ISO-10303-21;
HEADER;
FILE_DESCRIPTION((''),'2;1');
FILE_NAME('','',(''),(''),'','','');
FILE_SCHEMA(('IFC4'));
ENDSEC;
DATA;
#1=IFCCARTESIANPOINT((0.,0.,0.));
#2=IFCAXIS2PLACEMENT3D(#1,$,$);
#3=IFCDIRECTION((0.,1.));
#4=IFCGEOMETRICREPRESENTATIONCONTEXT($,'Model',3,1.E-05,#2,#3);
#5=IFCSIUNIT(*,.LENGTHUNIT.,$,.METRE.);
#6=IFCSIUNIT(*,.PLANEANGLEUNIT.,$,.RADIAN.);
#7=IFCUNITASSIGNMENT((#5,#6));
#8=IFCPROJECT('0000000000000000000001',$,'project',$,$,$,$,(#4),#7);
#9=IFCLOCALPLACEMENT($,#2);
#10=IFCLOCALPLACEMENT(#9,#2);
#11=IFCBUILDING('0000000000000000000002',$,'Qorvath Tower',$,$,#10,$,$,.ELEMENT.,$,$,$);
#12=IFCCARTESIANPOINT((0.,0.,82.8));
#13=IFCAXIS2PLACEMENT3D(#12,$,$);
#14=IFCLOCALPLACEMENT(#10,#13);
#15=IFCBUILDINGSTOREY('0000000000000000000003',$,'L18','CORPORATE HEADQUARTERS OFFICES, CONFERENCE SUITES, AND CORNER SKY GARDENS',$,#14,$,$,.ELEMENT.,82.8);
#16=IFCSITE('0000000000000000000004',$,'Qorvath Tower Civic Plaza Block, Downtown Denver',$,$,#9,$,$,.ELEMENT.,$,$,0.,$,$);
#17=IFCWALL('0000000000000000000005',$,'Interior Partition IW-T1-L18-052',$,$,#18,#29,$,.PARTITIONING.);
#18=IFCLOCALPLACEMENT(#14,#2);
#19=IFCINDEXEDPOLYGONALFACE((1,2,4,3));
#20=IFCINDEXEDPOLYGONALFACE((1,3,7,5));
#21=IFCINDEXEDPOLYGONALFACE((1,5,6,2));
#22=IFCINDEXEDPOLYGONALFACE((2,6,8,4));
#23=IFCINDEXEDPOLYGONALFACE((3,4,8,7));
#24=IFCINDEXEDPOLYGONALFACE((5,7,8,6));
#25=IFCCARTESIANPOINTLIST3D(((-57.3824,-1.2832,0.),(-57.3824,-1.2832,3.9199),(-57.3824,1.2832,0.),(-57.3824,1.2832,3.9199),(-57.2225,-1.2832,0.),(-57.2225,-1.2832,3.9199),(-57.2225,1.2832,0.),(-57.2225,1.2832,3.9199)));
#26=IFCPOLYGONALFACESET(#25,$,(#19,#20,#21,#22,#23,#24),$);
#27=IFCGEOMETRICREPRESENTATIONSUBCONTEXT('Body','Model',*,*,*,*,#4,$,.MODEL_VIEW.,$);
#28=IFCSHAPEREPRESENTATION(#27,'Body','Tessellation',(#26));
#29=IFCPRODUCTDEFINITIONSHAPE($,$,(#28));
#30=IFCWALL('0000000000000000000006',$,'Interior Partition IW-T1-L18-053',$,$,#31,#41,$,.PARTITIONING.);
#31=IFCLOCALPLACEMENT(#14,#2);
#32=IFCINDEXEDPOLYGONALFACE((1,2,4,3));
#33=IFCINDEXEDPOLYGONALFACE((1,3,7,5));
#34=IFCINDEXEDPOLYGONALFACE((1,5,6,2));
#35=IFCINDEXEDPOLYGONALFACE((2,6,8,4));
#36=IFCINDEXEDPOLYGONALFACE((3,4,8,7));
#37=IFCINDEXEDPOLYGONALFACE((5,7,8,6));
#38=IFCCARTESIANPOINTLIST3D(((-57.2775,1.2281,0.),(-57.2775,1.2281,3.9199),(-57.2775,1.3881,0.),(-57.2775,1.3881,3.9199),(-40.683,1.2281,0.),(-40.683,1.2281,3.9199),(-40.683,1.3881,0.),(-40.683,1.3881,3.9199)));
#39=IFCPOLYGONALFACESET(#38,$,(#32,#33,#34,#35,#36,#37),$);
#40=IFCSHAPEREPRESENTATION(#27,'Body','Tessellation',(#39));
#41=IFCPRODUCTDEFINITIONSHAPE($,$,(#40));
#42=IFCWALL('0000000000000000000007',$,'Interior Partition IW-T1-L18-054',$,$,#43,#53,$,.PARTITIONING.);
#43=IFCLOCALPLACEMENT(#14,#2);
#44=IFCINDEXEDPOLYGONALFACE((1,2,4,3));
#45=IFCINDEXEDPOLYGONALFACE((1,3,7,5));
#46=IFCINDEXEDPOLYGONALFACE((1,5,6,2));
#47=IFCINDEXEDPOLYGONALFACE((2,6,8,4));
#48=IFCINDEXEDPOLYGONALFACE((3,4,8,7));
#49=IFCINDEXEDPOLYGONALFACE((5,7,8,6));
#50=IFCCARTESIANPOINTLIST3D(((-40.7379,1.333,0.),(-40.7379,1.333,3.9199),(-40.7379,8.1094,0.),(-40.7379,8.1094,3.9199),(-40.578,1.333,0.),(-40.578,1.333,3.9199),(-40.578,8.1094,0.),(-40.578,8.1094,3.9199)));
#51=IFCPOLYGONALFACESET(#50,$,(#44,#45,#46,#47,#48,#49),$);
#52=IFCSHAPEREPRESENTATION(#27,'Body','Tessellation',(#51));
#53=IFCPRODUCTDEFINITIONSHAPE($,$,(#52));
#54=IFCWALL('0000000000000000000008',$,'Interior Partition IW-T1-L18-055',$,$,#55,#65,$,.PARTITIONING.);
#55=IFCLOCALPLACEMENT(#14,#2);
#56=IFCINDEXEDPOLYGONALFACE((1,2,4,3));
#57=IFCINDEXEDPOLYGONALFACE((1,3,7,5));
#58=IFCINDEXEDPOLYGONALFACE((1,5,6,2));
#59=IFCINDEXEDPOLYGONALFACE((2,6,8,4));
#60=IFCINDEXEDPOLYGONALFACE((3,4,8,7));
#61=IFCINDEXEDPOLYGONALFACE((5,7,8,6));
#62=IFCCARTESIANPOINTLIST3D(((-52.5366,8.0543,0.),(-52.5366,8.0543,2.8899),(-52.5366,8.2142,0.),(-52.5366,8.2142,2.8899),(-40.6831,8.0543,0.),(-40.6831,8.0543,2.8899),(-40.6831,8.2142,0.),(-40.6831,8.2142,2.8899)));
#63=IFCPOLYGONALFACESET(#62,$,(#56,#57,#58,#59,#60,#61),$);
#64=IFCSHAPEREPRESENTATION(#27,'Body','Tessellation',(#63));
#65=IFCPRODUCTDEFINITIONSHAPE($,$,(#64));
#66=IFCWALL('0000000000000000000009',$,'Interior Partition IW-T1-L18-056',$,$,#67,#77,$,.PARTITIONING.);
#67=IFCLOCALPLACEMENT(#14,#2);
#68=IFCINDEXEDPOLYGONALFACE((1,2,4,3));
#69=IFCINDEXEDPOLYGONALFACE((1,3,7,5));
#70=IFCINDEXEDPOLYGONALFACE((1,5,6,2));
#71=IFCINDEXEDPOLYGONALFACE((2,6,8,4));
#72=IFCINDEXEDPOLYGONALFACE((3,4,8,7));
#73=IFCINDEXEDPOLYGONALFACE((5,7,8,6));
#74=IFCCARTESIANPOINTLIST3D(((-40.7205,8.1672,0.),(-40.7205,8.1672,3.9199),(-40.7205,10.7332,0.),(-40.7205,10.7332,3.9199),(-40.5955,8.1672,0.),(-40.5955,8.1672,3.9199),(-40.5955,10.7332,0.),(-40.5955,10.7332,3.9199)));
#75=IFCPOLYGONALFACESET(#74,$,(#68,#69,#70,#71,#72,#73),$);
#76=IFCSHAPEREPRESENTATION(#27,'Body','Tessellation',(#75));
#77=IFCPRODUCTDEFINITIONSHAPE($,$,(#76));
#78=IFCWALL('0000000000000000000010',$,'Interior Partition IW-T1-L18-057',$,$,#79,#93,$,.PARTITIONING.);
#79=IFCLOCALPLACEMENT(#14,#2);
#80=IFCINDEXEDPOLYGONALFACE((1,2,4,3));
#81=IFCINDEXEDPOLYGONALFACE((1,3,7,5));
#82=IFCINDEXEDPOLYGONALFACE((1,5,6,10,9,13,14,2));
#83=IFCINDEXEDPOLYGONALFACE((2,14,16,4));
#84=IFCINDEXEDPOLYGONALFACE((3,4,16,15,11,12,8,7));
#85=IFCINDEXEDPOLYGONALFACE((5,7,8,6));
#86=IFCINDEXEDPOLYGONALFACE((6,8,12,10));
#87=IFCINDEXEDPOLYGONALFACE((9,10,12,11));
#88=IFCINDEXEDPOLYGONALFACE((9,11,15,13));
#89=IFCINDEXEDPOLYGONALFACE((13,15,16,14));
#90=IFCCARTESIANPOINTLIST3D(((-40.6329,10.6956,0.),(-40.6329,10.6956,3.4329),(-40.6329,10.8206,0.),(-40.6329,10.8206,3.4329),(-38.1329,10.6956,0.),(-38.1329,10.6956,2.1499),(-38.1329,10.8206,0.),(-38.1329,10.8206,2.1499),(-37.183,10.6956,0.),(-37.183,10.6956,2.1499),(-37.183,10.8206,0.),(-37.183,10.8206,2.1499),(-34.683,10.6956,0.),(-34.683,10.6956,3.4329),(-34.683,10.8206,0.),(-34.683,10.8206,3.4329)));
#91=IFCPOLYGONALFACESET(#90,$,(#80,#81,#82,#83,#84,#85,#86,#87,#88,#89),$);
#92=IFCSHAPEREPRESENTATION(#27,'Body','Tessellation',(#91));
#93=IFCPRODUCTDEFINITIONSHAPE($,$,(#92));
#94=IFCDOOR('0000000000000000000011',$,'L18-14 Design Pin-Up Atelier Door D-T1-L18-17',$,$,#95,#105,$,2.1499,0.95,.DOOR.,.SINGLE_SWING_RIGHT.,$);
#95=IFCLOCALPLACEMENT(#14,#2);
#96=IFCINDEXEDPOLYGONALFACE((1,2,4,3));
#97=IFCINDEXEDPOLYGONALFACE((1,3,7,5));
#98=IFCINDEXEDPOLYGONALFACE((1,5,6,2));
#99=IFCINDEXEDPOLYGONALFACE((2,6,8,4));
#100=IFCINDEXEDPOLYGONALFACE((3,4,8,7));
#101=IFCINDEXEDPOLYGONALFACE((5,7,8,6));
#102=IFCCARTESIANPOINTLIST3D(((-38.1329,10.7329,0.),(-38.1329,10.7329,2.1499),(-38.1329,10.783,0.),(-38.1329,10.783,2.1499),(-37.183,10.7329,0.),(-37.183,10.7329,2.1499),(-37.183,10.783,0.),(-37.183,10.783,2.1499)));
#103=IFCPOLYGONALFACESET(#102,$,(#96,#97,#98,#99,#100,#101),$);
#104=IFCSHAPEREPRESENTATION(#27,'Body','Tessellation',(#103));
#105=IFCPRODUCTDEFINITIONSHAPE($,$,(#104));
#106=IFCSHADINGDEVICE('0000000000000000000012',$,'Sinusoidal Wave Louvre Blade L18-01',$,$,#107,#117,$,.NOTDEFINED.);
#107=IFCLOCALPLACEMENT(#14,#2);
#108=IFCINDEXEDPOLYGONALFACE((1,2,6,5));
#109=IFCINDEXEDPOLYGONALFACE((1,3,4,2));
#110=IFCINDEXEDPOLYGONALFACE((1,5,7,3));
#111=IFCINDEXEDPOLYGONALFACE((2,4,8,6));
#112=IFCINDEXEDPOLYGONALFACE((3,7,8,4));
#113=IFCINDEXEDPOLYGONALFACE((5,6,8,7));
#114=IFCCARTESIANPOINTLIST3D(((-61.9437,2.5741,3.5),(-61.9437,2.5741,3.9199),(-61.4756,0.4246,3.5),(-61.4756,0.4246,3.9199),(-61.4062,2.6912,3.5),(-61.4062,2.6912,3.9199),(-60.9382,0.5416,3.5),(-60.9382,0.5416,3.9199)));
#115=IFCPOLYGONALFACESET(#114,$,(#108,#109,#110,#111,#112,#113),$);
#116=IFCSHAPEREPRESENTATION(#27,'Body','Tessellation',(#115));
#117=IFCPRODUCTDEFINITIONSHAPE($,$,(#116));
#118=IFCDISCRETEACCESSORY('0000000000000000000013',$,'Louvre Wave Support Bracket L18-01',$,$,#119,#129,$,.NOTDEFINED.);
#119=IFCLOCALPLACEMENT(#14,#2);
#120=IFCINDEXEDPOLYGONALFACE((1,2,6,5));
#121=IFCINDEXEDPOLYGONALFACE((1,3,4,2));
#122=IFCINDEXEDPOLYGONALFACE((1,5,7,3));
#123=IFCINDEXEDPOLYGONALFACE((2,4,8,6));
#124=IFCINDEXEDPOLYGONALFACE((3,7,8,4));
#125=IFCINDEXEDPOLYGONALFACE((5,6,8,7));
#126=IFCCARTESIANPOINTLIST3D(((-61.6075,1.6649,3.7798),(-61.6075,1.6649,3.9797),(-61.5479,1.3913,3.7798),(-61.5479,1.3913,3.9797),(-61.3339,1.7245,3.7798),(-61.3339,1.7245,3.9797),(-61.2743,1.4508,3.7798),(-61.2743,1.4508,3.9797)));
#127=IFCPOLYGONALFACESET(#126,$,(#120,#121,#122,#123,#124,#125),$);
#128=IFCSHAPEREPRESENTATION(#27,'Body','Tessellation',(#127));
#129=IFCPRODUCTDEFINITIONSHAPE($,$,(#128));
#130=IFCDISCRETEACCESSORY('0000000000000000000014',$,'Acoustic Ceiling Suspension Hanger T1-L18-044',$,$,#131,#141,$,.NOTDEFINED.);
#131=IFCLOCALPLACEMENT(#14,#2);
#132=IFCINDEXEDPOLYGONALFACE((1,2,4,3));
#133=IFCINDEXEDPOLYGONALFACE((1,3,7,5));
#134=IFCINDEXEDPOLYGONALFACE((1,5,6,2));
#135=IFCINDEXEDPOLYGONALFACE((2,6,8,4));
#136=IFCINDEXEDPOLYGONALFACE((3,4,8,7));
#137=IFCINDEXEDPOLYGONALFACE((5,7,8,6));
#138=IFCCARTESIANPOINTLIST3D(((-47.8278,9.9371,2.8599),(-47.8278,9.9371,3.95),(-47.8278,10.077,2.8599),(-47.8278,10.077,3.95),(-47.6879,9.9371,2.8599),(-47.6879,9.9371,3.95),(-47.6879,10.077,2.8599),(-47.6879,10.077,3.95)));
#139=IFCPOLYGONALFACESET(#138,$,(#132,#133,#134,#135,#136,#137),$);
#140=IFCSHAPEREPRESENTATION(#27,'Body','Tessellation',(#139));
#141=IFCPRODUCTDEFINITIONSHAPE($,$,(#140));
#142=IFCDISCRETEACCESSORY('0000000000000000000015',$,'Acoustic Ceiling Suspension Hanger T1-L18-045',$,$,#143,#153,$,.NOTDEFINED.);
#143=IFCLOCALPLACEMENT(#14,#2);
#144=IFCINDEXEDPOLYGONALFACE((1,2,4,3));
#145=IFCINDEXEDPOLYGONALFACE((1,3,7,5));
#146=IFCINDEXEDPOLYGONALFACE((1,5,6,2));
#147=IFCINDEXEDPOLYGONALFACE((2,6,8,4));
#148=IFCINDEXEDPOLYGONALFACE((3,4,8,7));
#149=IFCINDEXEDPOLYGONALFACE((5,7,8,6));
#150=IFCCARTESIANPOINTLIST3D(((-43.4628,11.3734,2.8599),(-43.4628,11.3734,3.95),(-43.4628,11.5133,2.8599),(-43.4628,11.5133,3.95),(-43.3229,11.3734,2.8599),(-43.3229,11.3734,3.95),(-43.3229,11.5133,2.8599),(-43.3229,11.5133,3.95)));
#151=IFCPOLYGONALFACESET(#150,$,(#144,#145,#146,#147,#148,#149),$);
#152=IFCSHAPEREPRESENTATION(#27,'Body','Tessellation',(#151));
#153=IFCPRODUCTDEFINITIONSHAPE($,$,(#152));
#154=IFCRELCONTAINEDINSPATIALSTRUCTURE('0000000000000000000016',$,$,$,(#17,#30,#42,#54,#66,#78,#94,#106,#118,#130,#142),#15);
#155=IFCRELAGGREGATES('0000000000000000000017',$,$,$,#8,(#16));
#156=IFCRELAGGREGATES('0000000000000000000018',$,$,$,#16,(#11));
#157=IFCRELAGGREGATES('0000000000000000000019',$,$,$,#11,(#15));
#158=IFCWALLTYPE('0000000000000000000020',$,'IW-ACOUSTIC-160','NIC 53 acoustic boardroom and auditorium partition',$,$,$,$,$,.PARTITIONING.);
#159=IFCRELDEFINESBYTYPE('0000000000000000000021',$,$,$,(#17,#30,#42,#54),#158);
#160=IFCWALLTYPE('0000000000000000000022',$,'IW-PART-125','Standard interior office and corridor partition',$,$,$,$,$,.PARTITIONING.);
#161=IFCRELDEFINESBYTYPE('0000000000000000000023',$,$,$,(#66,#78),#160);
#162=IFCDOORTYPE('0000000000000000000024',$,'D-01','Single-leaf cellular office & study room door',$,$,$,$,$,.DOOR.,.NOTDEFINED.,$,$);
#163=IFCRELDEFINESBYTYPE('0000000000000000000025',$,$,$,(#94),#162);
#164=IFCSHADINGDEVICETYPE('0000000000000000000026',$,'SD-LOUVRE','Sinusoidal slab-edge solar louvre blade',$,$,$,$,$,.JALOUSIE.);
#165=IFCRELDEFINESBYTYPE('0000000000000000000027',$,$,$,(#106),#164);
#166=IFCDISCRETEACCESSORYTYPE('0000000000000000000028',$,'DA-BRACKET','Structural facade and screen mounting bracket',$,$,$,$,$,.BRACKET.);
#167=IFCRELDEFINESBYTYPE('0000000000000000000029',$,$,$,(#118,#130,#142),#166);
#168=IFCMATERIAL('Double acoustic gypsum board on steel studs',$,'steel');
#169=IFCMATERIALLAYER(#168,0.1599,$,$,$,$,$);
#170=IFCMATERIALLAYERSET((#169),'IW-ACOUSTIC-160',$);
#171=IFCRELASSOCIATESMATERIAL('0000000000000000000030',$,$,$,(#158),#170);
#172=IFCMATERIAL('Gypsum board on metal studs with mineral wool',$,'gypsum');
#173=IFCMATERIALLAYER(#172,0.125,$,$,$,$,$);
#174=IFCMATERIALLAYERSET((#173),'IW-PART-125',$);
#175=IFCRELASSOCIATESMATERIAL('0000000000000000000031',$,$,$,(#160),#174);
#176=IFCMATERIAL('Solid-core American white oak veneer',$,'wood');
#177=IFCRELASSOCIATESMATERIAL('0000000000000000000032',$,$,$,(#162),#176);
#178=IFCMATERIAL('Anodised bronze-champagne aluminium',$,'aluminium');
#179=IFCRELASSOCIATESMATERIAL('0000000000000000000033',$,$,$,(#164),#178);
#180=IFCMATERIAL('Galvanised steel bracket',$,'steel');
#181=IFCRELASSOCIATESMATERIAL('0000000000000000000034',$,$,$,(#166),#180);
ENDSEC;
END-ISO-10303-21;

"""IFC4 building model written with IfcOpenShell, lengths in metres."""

from ifc_helpers import new_model, si_unit, direction, frame, frame_2d, origin, origin_2d, place, context, subcontext, project, spatial, rectangle, extrude, material, layer, layer_set, type_object, element, fill, save


model = new_model("IFC4")

# Units and contexts
model_context = context("Model", 3, precision=1e-05, world=origin(), true_north=direction((0.0, 1.0)))
body_context = subcontext(model_context, "Body", "Model", "MODEL_VIEW")
ifc_project = project(units=[si_unit("LENGTHUNIT", "METRE"), si_unit("PLANEANGLEUNIT", "RADIAN")], contexts=[model_context])

# Site, building, storey
site_placement = place(None, origin())
site = spatial("IfcSite", under=ifc_project, at=site_placement, Name="Qorvath Tower Civic Plaza Block, Downtown Denver", CompositionType="ELEMENT", RefElevation=0.0)
building_placement = place(site_placement, origin())
building = spatial("IfcBuilding", under=site, at=building_placement, Name="Qorvath Tower", CompositionType="ELEMENT")
storey_placement = place(building_placement, frame((0.0, 0.0, 82.8)))
storey = spatial("IfcBuildingStorey", under=building, at=storey_placement, Name="L18", Description="CORPORATE HEADQUARTERS OFFICES, CONFERENCE SUITES, AND CORNER SKY GARDENS", CompositionType="ELEMENT", Elevation=82.8)

# Walls
ifc_material_1 = material(Name="Double acoustic gypsum board on steel studs", Category="steel")
ifc_layer_1 = layer(ifc_material_1, 0.1599)
ifc_layer_set_1 = layer_set([ifc_layer_1], Name="IW-ACOUSTIC-160")
wall_type_1 = type_object("IfcWallType", Name="IW-ACOUSTIC-160", Description="NIC 53 acoustic boardroom and auditorium partition", PredefinedType="PARTITIONING", material=ifc_layer_set_1)
wall_1_placement = place(storey_placement, frame((-57.3025, 1.2832, 0.0), z_axis=(0.0, 0.0, 1.0), x_axis=(0.0, -1.0, 0.0)))
element("IfcWall", 1, at=wall_1_placement, inside=storey, type_object=wall_type_1, Name="Interior Partition IW-T1-L18-052", PredefinedType="PARTITIONING", context=body_context, shape_type="SweptSolid", body=[
    extrude(rectangle(XDim=2.5664, YDim=0.1599, at=frame_2d((1.2832, 0.0))), origin(), (0.0, 0.0, 1.0), 3.9199),
])
wall_2_placement = place(storey_placement, frame((-57.2776, 1.3081, 0.0), z_axis=(0.0, 0.0, 1.0), x_axis=(1.0, 0.0, 0.0)))
element("IfcWall", 2, at=wall_2_placement, inside=storey, type_object=wall_type_1, Name="Interior Partition IW-T1-L18-053", PredefinedType="PARTITIONING", context=body_context, shape_type="SweptSolid", body=[
    extrude(rectangle(XDim=16.5945, YDim=0.1599, at=frame_2d((8.2974, 0.0))), origin(), (0.0, 0.0, 1.0), 3.9199),
])
wall_3_placement = place(storey_placement, frame((-40.658, 1.333, 0.0), z_axis=(0.0, 0.0, 1.0), x_axis=(0.0, 1.0, 0.0)))
element("IfcWall", 3, at=wall_3_placement, inside=storey, type_object=wall_type_1, Name="Interior Partition IW-T1-L18-054", PredefinedType="PARTITIONING", context=body_context, shape_type="SweptSolid", body=[
    extrude(rectangle(XDim=6.7764, YDim=0.1599, at=frame_2d((3.3882, 0.0))), origin(), (0.0, 0.0, 1.0), 3.9199),
])
wall_4_placement = place(storey_placement, frame((-40.6831, 8.1343, 0.0), z_axis=(0.0, 0.0, 1.0), x_axis=(-1.0, 0.0, 0.0)))
element("IfcWall", 4, at=wall_4_placement, inside=storey, type_object=wall_type_1, Name="Interior Partition IW-T1-L18-055", PredefinedType="PARTITIONING", context=body_context, shape_type="SweptSolid", body=[
    extrude(rectangle(XDim=11.8535, YDim=0.1599, at=frame_2d((5.9268, 0.0))), origin(), (0.0, 0.0, 1.0), 2.8899),
])
ifc_material_2 = material(Name="Gypsum board on metal studs with mineral wool", Category="gypsum")
ifc_layer_2 = layer(ifc_material_2, 0.125)
ifc_layer_set_2 = layer_set([ifc_layer_2], Name="IW-PART-125")
wall_type_2 = type_object("IfcWallType", Name="IW-PART-125", Description="Standard interior office and corridor partition", PredefinedType="PARTITIONING", material=ifc_layer_set_2)
wall_5_placement = place(storey_placement, frame((-40.658, 8.1672, 0.0), z_axis=(0.0, 0.0, 1.0), x_axis=(0.0, 1.0, 0.0)))
element("IfcWall", 5, at=wall_5_placement, inside=storey, type_object=wall_type_2, Name="Interior Partition IW-T1-L18-056", PredefinedType="PARTITIONING", context=body_context, shape_type="SweptSolid", body=[
    extrude(rectangle(XDim=2.5659, YDim=0.125, at=frame_2d((1.283, 0.0))), origin(), (0.0, 0.0, 1.0), 3.9199),
])

# Wall, opening, door
wall_6_placement = place(storey_placement, frame((-40.6331, 10.7581, 0.0), z_axis=(0.0, 0.0, 1.0), x_axis=(1.0, 0.0, 0.0)))
wall_6 = element("IfcWall", 6, at=wall_6_placement, inside=storey, type_object=wall_type_2, Name="Interior Partition IW-T1-L18-057", PredefinedType="PARTITIONING", context=body_context, shape_type="SweptSolid", body=[
    extrude(rectangle(XDim=5.95, YDim=0.125, at=frame_2d((2.9751, 0.0))), origin(), (0.0, 0.0, 1.0), 3.4329),
])
opening_placement = place(wall_6_placement, frame((2.5, 0.0, 0.0)))
opening = element("IfcOpeningElement", 7, at=opening_placement, cuts=wall_6, PredefinedType="OPENING", context=body_context, shape_type="SweptSolid", body=[
    extrude(rectangle(XDim=0.95, YDim=2.1499, at=frame_2d((0.4751, 1.075))), frame((0.0, 0.0725, 0.0), z_axis=(0.0, -1.0, 0.0), x_axis=(1.0, 0.0, 0.0)), (0.0, 0.0, 1.0), 0.145),
])
ifc_material_3 = material(Name="Solid-core American white oak veneer", Category="wood")
door_type = type_object("IfcDoorType", Name="D-01", Description="Single-leaf cellular office & study room door", OperationType="NOTDEFINED", PredefinedType="DOOR", material=ifc_material_3)
door_placement = place(opening_placement, origin())
door = element("IfcDoor", 8, at=door_placement, inside=storey, type_object=door_type, Name="L18-14 Design Pin-Up Atelier Door D-T1-L18-17", OperationType="SINGLE_SWING_RIGHT", OverallHeight=2.1499, OverallWidth=0.95, PredefinedType="DOOR", context=body_context, shape_type="SweptSolid", body=[
    extrude(rectangle(XDim=0.95, YDim=2.1499, at=frame_2d((0.4751, 1.075))), frame((0.0, 0.0249, 0.0), z_axis=(0.0, -1.0, 0.0), x_axis=(1.0, 0.0, 0.0)), (0.0, 0.0, 1.0), 0.05),
])
fill(opening, door)

# Shading device
ifc_material_4 = material(Name="Anodised bronze-champagne aluminium", Category="aluminium")
shading_device_type = type_object("IfcShadingDeviceType", Name="SD-LOUVRE", Description="Sinusoidal slab-edge solar louvre blade", PredefinedType="JALOUSIE", material=ifc_material_4)
shading_device_placement = place(storey_placement, frame((-61.4409, 1.5579, 3.5), z_axis=(0.0, 0.0, 1.0), x_axis=(0.212744, -0.977108, 0.0)))
element("IfcShadingDevice", 9, at=shading_device_placement, inside=storey, type_object=shading_device_type, Name="Sinusoidal Wave Louvre Blade L18-01", PredefinedType="NOTDEFINED", context=body_context, shape_type="SweptSolid", body=[
    extrude(rectangle(XDim=2.2, YDim=0.55, at=origin_2d()), origin(), (0.0, 0.0, 1.0), 0.4199),
])

# Discrete accessories
ifc_material_5 = material(Name="Galvanised steel bracket", Category="steel")
discrete_accessory_type = type_object("IfcDiscreteAccessoryType", Name="DA-BRACKET", Description="Structural facade and screen mounting bracket", PredefinedType="BRACKET", material=ifc_material_5)
discrete_accessory_placement = place(storey_placement, frame((-61.4409, 1.5579, 3.7798), z_axis=(0.0, 0.0, 1.0), x_axis=(0.212744, -0.977108, 0.0)))
element("IfcDiscreteAccessory", 10, at=discrete_accessory_placement, inside=storey, type_object=discrete_accessory_type, Name="Louvre Wave Support Bracket L18-01", PredefinedType="NOTDEFINED", context=body_context, shape_type="SweptSolid", body=[
    extrude(rectangle(XDim=0.28, YDim=0.28, at=origin_2d()), origin(), (0.0, 0.0, 1.0), 0.2),
])
for number, where, z_axis, x_axis, name in (
    (11, (-47.7578, 10.0071, 2.8599), (0.0, 0.0, 1.0), (1.0, 0.0, 0.0), "Acoustic Ceiling Suspension Hanger T1-L18-044"),
    (12, (-43.3928, 11.4434, 2.8599), (0.0, 0.0, 1.0), (1.0, 0.0, 0.0), "Acoustic Ceiling Suspension Hanger T1-L18-045"),
):
    element("IfcDiscreteAccessory", number, at=place(storey_placement, frame(where, z_axis=z_axis, x_axis=x_axis)), inside=storey, type_object=discrete_accessory_type, Name=name, PredefinedType="NOTDEFINED", context=body_context, shape_type="SweptSolid", body=[
        extrude(rectangle(XDim=0.1399, YDim=0.1399, at=origin_2d()), origin(), (0.0, 0.0, 1.0), 1.0901),
    ])

save(model, "model.ifc")
